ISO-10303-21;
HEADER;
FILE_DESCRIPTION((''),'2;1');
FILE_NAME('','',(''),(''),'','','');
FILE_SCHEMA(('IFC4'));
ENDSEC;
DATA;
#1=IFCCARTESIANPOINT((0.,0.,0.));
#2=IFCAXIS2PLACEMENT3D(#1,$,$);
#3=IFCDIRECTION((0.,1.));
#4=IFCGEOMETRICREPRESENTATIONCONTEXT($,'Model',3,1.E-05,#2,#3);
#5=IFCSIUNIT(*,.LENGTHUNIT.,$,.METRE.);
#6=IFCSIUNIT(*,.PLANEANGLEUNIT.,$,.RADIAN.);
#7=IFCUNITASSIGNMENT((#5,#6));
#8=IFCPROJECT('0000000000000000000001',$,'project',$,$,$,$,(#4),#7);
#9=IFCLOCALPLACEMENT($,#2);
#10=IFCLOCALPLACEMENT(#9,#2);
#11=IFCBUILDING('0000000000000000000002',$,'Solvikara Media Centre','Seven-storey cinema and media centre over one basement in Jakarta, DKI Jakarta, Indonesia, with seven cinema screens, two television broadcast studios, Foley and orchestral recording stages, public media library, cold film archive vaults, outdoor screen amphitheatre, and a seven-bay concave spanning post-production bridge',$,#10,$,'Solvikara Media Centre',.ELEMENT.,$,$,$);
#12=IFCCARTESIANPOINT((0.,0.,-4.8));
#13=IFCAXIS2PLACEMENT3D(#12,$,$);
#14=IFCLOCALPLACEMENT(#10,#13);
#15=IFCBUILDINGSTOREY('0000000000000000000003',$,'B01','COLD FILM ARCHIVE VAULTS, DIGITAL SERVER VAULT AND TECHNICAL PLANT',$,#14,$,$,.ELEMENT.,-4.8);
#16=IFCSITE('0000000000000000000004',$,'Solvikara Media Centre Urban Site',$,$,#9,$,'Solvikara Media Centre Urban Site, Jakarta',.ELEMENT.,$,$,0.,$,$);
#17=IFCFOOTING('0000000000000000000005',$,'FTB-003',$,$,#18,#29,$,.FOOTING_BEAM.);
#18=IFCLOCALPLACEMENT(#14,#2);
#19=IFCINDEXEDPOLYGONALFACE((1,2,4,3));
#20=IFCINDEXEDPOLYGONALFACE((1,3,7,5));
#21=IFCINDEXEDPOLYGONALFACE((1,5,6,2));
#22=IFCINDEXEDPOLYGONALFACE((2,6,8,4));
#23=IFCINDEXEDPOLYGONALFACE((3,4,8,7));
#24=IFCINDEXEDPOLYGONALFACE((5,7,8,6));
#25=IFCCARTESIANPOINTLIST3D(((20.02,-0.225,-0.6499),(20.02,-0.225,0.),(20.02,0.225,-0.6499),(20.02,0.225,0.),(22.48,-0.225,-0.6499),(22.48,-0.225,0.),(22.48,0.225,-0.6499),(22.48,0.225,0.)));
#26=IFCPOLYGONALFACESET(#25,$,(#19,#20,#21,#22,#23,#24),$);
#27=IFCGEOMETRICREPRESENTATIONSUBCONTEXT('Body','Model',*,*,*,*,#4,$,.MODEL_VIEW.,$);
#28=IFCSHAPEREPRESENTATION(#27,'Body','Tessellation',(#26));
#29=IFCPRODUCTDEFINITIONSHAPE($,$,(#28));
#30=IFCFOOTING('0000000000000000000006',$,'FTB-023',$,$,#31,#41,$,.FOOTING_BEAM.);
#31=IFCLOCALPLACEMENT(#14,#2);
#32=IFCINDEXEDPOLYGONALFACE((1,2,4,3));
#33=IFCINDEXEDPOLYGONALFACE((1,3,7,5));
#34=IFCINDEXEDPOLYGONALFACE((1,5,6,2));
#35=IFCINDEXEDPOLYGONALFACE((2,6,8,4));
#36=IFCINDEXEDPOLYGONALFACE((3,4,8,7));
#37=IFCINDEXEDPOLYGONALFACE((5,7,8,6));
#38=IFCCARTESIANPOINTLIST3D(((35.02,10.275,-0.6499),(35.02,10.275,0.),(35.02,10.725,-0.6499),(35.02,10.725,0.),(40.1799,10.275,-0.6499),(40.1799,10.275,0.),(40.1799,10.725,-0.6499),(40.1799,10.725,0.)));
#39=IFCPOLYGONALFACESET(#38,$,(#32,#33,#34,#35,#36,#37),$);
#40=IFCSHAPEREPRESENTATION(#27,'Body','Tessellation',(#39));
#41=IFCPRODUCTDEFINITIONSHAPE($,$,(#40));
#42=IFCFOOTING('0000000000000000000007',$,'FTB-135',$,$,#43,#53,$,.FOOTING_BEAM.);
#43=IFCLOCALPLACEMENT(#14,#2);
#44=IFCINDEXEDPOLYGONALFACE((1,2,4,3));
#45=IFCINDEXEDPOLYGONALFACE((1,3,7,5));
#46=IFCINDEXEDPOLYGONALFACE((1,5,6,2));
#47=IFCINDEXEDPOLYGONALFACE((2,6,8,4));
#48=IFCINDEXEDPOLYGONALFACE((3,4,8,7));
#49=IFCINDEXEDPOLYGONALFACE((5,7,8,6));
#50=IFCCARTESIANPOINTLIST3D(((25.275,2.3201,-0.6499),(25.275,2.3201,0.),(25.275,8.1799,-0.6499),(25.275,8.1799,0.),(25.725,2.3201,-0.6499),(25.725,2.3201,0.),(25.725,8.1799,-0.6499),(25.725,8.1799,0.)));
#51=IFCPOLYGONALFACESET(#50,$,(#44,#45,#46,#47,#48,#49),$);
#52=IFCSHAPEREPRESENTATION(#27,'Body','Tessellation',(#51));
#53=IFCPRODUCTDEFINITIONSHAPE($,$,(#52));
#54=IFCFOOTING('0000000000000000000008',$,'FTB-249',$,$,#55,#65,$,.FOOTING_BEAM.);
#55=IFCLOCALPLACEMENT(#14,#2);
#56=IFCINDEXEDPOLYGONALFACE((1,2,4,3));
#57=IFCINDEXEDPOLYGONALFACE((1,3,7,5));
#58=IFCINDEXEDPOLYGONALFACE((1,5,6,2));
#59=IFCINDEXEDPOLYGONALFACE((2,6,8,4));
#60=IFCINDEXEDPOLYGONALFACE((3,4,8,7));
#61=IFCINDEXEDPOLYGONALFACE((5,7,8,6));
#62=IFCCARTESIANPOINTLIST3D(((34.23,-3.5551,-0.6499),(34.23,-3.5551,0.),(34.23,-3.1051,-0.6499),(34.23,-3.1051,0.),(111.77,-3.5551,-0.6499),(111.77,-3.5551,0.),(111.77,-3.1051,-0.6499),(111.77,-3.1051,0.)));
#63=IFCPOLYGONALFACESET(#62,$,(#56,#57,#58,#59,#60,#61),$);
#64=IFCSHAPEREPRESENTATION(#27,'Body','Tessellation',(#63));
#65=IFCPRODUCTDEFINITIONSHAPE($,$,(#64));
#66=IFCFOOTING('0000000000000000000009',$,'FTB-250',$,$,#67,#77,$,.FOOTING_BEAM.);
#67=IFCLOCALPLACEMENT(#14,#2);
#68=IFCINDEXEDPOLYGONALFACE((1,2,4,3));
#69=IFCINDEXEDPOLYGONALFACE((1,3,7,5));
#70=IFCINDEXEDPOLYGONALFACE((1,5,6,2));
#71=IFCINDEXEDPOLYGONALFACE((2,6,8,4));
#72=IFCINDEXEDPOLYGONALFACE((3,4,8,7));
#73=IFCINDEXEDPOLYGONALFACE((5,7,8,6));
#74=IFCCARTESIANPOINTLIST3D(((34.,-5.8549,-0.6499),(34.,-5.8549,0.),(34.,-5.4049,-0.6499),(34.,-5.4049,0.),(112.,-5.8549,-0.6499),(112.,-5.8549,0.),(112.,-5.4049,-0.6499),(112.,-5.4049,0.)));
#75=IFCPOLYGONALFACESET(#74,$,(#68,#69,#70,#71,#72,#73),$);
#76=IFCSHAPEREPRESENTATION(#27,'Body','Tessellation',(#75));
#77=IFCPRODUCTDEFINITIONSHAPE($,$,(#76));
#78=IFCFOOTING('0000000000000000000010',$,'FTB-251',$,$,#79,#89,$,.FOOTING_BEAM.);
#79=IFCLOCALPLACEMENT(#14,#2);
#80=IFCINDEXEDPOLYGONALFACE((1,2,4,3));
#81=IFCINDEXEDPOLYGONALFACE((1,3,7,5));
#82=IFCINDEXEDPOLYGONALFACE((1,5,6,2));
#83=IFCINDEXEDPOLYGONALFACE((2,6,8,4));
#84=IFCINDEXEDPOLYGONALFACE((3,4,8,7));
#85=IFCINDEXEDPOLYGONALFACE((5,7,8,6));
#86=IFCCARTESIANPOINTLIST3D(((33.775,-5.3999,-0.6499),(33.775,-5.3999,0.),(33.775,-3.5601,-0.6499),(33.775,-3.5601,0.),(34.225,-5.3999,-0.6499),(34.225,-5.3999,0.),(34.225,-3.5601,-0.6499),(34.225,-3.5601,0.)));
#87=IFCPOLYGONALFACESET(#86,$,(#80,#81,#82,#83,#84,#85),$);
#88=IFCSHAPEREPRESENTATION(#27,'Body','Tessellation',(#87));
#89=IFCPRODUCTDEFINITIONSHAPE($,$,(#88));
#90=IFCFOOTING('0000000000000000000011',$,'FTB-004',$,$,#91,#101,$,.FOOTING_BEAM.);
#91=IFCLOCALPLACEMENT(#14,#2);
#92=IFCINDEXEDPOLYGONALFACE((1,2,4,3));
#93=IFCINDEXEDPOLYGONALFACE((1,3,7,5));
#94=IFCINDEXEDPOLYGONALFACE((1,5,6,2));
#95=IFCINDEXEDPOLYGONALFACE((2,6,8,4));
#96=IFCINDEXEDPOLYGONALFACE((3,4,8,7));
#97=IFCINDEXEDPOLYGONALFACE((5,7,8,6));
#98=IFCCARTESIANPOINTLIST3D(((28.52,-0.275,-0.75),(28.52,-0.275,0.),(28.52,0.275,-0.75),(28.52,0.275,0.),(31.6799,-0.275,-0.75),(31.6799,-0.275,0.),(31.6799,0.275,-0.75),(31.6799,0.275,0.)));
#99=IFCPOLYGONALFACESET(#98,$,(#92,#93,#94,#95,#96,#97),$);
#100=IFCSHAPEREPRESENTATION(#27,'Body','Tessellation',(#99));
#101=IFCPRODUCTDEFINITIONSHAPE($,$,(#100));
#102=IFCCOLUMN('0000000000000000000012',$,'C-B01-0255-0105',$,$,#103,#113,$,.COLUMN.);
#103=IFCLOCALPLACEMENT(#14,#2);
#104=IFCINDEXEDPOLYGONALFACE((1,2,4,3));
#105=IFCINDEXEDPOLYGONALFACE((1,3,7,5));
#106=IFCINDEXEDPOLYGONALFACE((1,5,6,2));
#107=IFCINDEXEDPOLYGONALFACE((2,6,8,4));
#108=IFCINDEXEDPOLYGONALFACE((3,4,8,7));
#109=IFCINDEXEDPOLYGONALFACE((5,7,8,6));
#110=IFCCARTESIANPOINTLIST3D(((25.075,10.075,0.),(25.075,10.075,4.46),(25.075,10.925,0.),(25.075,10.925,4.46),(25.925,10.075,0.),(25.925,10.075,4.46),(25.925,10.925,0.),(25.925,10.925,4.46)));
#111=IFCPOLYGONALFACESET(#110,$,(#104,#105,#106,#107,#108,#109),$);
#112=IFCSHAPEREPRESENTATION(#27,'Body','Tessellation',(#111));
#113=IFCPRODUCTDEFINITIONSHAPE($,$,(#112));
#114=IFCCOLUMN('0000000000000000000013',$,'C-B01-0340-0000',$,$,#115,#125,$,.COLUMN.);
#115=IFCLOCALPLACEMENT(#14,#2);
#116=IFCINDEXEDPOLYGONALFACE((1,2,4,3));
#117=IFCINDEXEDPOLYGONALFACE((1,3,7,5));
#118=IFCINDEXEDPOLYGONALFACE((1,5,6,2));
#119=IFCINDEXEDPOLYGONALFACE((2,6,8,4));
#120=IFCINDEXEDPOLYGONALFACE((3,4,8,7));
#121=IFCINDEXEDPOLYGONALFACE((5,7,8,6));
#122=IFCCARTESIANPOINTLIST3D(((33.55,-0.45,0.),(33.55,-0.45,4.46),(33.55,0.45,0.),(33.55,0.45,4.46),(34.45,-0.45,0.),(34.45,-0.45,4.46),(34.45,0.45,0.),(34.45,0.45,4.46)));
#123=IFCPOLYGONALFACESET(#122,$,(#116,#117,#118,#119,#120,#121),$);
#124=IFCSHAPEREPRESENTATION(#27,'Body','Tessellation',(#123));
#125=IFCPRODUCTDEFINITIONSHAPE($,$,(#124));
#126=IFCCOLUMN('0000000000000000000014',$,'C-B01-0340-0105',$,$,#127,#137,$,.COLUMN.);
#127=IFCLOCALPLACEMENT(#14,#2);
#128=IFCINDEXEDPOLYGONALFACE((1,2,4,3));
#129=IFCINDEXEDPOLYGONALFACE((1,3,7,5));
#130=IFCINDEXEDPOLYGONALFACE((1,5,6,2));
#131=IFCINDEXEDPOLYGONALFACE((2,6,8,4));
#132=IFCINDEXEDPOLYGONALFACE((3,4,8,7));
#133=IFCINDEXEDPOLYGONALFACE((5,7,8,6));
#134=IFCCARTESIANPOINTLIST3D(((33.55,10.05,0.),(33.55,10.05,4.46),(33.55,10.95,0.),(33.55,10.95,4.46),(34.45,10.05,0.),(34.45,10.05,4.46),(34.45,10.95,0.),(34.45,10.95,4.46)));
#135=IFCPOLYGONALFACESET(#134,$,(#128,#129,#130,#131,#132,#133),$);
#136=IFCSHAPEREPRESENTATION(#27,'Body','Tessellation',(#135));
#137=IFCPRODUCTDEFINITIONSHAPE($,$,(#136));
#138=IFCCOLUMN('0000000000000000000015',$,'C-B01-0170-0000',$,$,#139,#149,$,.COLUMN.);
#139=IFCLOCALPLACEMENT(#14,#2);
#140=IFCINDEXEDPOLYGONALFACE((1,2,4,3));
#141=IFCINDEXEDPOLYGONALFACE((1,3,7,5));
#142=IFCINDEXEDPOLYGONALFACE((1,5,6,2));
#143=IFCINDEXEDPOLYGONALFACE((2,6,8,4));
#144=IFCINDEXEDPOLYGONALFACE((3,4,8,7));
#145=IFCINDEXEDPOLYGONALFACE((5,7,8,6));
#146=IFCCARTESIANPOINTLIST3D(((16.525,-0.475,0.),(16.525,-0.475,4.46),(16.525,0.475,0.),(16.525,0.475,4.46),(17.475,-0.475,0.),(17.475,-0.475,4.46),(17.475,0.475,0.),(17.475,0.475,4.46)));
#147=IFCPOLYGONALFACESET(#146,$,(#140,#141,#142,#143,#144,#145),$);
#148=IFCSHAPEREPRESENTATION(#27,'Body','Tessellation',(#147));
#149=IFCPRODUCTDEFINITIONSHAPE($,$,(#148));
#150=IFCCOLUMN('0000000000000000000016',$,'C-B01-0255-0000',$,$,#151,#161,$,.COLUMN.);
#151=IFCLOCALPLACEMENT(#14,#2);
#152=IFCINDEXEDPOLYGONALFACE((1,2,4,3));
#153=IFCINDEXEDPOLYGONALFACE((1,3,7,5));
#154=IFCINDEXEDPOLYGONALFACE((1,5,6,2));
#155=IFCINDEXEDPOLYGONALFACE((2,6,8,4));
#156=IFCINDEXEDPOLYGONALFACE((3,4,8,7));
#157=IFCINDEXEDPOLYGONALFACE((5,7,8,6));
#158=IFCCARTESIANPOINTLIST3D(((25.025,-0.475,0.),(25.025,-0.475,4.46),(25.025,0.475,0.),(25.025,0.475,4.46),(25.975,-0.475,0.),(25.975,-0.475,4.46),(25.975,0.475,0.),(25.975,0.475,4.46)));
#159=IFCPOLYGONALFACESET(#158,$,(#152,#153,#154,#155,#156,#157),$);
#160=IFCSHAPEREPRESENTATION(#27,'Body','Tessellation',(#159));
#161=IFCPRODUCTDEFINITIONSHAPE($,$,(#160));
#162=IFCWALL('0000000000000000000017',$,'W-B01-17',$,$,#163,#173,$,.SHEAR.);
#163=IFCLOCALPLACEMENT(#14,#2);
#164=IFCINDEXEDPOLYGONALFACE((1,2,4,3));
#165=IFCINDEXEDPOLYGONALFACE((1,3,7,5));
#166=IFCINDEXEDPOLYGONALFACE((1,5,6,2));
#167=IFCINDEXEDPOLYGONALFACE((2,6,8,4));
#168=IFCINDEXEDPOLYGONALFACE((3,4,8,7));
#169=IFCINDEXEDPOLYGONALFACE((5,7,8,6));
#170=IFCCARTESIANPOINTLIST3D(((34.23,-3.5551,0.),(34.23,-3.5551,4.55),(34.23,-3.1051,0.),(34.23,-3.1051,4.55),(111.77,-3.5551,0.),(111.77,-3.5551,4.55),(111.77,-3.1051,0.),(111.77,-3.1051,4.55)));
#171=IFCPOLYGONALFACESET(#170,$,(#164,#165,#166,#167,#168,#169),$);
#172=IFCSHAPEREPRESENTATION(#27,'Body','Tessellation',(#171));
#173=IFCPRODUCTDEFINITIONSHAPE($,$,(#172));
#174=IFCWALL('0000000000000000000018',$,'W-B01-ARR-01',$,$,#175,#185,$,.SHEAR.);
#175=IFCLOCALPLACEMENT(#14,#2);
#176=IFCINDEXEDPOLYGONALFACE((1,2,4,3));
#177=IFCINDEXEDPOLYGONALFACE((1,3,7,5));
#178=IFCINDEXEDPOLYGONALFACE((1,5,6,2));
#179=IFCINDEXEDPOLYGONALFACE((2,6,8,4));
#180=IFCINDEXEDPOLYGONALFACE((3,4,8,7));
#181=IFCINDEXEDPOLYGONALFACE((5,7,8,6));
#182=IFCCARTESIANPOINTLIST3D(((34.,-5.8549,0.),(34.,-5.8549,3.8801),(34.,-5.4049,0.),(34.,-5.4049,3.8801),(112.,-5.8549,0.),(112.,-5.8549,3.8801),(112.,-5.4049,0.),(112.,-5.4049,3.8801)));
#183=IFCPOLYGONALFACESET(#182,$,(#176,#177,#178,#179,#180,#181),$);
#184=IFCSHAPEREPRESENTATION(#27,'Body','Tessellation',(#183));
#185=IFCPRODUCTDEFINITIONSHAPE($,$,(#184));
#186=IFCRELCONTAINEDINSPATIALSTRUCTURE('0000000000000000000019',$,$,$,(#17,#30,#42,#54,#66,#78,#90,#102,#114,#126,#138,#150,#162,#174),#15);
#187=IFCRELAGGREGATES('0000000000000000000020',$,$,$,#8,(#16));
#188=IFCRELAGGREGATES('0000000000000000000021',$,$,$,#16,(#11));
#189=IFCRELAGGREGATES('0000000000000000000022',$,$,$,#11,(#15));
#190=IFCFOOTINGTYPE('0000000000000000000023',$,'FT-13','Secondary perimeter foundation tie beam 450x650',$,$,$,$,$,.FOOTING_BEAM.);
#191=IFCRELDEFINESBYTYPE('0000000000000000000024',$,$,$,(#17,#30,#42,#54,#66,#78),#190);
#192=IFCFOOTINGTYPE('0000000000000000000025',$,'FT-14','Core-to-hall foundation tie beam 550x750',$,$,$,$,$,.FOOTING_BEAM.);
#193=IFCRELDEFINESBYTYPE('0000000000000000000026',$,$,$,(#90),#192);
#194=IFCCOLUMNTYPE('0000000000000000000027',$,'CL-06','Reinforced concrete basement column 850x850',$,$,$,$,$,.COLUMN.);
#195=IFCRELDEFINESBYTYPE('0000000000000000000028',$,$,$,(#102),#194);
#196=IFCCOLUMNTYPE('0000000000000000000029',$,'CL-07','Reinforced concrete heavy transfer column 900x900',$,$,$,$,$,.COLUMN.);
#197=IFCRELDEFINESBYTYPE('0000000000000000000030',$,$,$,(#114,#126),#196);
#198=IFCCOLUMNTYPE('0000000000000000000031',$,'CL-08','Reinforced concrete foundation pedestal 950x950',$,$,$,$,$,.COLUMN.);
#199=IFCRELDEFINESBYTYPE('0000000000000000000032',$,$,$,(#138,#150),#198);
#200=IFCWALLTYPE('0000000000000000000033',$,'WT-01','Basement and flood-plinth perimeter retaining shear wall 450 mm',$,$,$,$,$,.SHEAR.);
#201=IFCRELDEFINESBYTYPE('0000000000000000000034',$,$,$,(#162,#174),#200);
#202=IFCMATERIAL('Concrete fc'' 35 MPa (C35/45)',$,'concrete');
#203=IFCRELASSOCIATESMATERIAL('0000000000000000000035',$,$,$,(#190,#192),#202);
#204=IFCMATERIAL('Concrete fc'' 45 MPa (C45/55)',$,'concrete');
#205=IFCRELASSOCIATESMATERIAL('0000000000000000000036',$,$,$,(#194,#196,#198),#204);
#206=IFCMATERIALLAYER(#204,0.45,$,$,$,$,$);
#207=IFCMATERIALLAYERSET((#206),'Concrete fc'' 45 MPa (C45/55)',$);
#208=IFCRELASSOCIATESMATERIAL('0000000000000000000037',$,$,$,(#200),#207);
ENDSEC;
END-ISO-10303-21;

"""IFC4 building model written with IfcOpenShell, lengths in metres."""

from ifc_helpers import new_model, si_unit, direction, frame, frame_2d, origin, origin_2d, place, context, subcontext, project, spatial, rectangle, extrude, material, layer, layer_set, material_profile, profile_set, type_object, element, save


model = new_model("IFC4")

# Units and contexts
model_context = context("Model", 3, precision=1e-05, world=origin(), true_north=direction((0.0, 1.0)))
body_context = subcontext(model_context, "Body", "Model", "MODEL_VIEW")
ifc_project = project(units=[si_unit("LENGTHUNIT", "METRE"), si_unit("PLANEANGLEUNIT", "RADIAN")], contexts=[model_context])

# Site, building, storey
site_placement = place(None, origin())
site = spatial("IfcSite", under=ifc_project, at=site_placement, Name="Solvikara Media Centre Urban Site", LongName="Solvikara Media Centre Urban Site, Jakarta", CompositionType="ELEMENT", RefElevation=0.0)
building_placement = place(site_placement, origin())
building = spatial("IfcBuilding", under=site, at=building_placement, Name="Solvikara Media Centre", Description="Seven-storey cinema and media centre over one basement in Jakarta, DKI Jakarta, Indonesia, with seven cinema screens, two television broadcast studios, Foley and orchestral recording stages, public media library, cold film archive vaults, outdoor screen amphitheatre, and a seven-bay concave spanning post-production bridge", LongName="Solvikara Media Centre", CompositionType="ELEMENT")
storey_placement = place(building_placement, frame((0.0, 0.0, -4.8)))
storey = spatial("IfcBuildingStorey", under=building, at=storey_placement, Name="B01", Description="COLD FILM ARCHIVE VAULTS, DIGITAL SERVER VAULT AND TECHNICAL PLANT", CompositionType="ELEMENT", Elevation=-4.8)

# Shared definitions
ifc_material_1 = material(Name="Concrete fc' 35 MPa (C35/45)", Category="concrete")

# Footings
ifc_material_profile_1 = material_profile(ifc_material_1, rectangle(XDim=0.45, YDim=0.6499, at=origin_2d()), Name="RC 450x650")
ifc_profile_set_1 = profile_set([ifc_material_profile_1], Name="Concrete fc' 35 MPa (C35/45)")
footing_type_1 = type_object("IfcFootingType", Name="FT-13", Description="Secondary perimeter foundation tie beam 450x650", PredefinedType="FOOTING_BEAM", material=ifc_profile_set_1)
footing_1_placement = place(storey_placement, frame((20.02, 0.0, -0.325), z_axis=(1.0, 0.0, 0.0), x_axis=(0.0, 1.0, 0.0)))
element("IfcFooting", 1, at=footing_1_placement, inside=storey, type_object=footing_type_1, Name="FTB-003", PredefinedType="FOOTING_BEAM", context=body_context, shape_type="SweptSolid", body=[
    extrude(rectangle(XDim=0.45, YDim=0.6499, at=origin_2d()), origin(), (0.0, 0.0, 1.0), 2.46),
])
footing_2_placement = place(storey_placement, frame((35.02, 10.5, -0.325), z_axis=(1.0, 0.0, 0.0), x_axis=(0.0, 1.0, 0.0)))
element("IfcFooting", 2, at=footing_2_placement, inside=storey, type_object=footing_type_1, Name="FTB-023", PredefinedType="FOOTING_BEAM", context=body_context, shape_type="SweptSolid", body=[
    extrude(rectangle(XDim=0.45, YDim=0.6499, at=origin_2d()), origin(), (0.0, 0.0, 1.0), 5.1599),
])
footing_3_placement = place(storey_placement, frame((25.5, 2.3201, -0.325), z_axis=(0.0, 1.0, 0.0), x_axis=(-1.0, 0.0, 0.0)))
element("IfcFooting", 3, at=footing_3_placement, inside=storey, type_object=footing_type_1, Name="FTB-135", PredefinedType="FOOTING_BEAM", context=body_context, shape_type="SweptSolid", body=[
    extrude(rectangle(XDim=0.45, YDim=0.6499, at=origin_2d()), origin(), (0.0, 0.0, 1.0), 5.8599),
])
footing_4_placement = place(storey_placement, frame((34.23, -3.3301, -0.325), z_axis=(1.0, 0.0, 0.0), x_axis=(0.0, 1.0, 0.0)))
element("IfcFooting", 4, at=footing_4_placement, inside=storey, type_object=footing_type_1, Name="FTB-249", PredefinedType="FOOTING_BEAM", context=body_context, shape_type="SweptSolid", body=[
    extrude(rectangle(XDim=0.45, YDim=0.6499, at=origin_2d()), origin(), (0.0, 0.0, 1.0), 77.54),
])
footing_5_placement = place(storey_placement, frame((34.0, -5.6299, -0.325), z_axis=(1.0, 0.0, 0.0), x_axis=(0.0, 1.0, 0.0)))
element("IfcFooting", 5, at=footing_5_placement, inside=storey, type_object=footing_type_1, Name="FTB-250", PredefinedType="FOOTING_BEAM", context=body_context, shape_type="SweptSolid", body=[
    extrude(rectangle(XDim=0.45, YDim=0.6499, at=origin_2d()), origin(), (0.0, 0.0, 1.0), 78.0),
])
footing_6_placement = place(storey_placement, frame((34.0, -5.3999, -0.325), z_axis=(0.0, 1.0, 0.0), x_axis=(-1.0, 0.0, 0.0)))
element("IfcFooting", 6, at=footing_6_placement, inside=storey, type_object=footing_type_1, Name="FTB-251", PredefinedType="FOOTING_BEAM", context=body_context, shape_type="SweptSolid", body=[
    extrude(rectangle(XDim=0.45, YDim=0.6499, at=origin_2d()), origin(), (0.0, 0.0, 1.0), 1.8398),
])
ifc_material_profile_2 = material_profile(ifc_material_1, rectangle(XDim=0.55, YDim=0.75, at=origin_2d()), Name="RC 550x750")
ifc_profile_set_2 = profile_set([ifc_material_profile_2], Name="Concrete fc' 35 MPa (C35/45)")
footing_type_2 = type_object("IfcFootingType", Name="FT-14", Description="Core-to-hall foundation tie beam 550x750", PredefinedType="FOOTING_BEAM", material=ifc_profile_set_2)
footing_7_placement = place(storey_placement, frame((28.52, 0.0, -0.375), z_axis=(1.0, 0.0, 0.0), x_axis=(0.0, 1.0, 0.0)))
element("IfcFooting", 7, at=footing_7_placement, inside=storey, type_object=footing_type_2, Name="FTB-004", PredefinedType="FOOTING_BEAM", context=body_context, shape_type="SweptSolid", body=[
    extrude(rectangle(XDim=0.55, YDim=0.75, at=origin_2d()), origin(), (0.0, 0.0, 1.0), 3.1599),
])

# Columns
ifc_material_2 = material(Name="Concrete fc' 45 MPa (C45/55)", Category="concrete")
ifc_material_profile_3 = material_profile(ifc_material_2, rectangle(XDim=0.8501, YDim=0.8501, at=origin_2d()), Name="RC 850x850")
ifc_profile_set_3 = profile_set([ifc_material_profile_3], Name="Concrete fc' 45 MPa (C45/55)")
column_type_1 = type_object("IfcColumnType", Name="CL-06", Description="Reinforced concrete basement column 850x850", PredefinedType="COLUMN", material=ifc_profile_set_3)
column_placement = place(storey_placement, frame((25.5, 10.5, 0.0), z_axis=(0.0, 0.0, 1.0), x_axis=(1.0, 0.0, 0.0)))
element("IfcColumn", 8, at=column_placement, inside=storey, type_object=column_type_1, Name="C-B01-0255-0105", PredefinedType="COLUMN", context=body_context, shape_type="SweptSolid", body=[
    extrude(rectangle(XDim=0.8501, YDim=0.8501, at=origin_2d()), origin(), (0.0, 0.0, 1.0), 4.46),
])
ifc_material_profile_4 = material_profile(ifc_material_2, rectangle(XDim=0.8999, YDim=0.8999, at=origin_2d()), Name="RC 900x900")
ifc_profile_set_4 = profile_set([ifc_material_profile_4], Name="Concrete fc' 45 MPa (C45/55)")
column_type_2 = type_object("IfcColumnType", Name="CL-07", Description="Reinforced concrete heavy transfer column 900x900", PredefinedType="COLUMN", material=ifc_profile_set_4)
for number, where, z_axis, x_axis, name in (
    (9, (34.0, 0.0, 0.0), (0.0, 0.0, 1.0), (1.0, 0.0, 0.0), "C-B01-0340-0000"),
    (10, (34.0, 10.5, 0.0), (0.0, 0.0, 1.0), (1.0, 0.0, 0.0), "C-B01-0340-0105"),
):
    element("IfcColumn", number, at=place(storey_placement, frame(where, z_axis=z_axis, x_axis=x_axis)), inside=storey, type_object=column_type_2, Name=name, PredefinedType="COLUMN", context=body_context, shape_type="SweptSolid", body=[
        extrude(rectangle(XDim=0.8999, YDim=0.8999, at=origin_2d()), origin(), (0.0, 0.0, 1.0), 4.46),
    ])
ifc_material_profile_5 = material_profile(ifc_material_2, rectangle(XDim=0.95, YDim=0.95, at=origin_2d()), Name="RC 950x950")
ifc_profile_set_5 = profile_set([ifc_material_profile_5], Name="Concrete fc' 45 MPa (C45/55)")
column_type_3 = type_object("IfcColumnType", Name="CL-08", Description="Reinforced concrete foundation pedestal 950x950", PredefinedType="COLUMN", material=ifc_profile_set_5)
for number, where, z_axis, x_axis, name in (
    (11, (17.0, 0.0, 0.0), (0.0, 0.0, 1.0), (1.0, 0.0, 0.0), "C-B01-0170-0000"),
    (12, (25.5, 0.0, 0.0), (0.0, 0.0, 1.0), (1.0, 0.0, 0.0), "C-B01-0255-0000"),
):
    element("IfcColumn", number, at=place(storey_placement, frame(where, z_axis=z_axis, x_axis=x_axis)), inside=storey, type_object=column_type_3, Name=name, PredefinedType="COLUMN", context=body_context, shape_type="SweptSolid", body=[
        extrude(rectangle(XDim=0.95, YDim=0.95, at=origin_2d()), origin(), (0.0, 0.0, 1.0), 4.46),
    ])

# Walls
ifc_layer_1 = layer(ifc_material_2, 0.45)
ifc_layer_set_1 = layer_set([ifc_layer_1], Name="Concrete fc' 45 MPa (C45/55)")
wall_type = type_object("IfcWallType", Name="WT-01", Description="Basement and flood-plinth perimeter retaining shear wall 450 mm", PredefinedType="SHEAR", material=ifc_layer_set_1)
wall_1_placement = place(storey_placement, frame((34.23, -3.3301, 0.0), z_axis=(0.0, 0.0, 1.0), x_axis=(1.0, 0.0, 0.0)))
element("IfcWall", 13, at=wall_1_placement, inside=storey, type_object=wall_type, Name="W-B01-17", PredefinedType="SHEAR", context=body_context, shape_type="SweptSolid", body=[
    extrude(rectangle(XDim=77.54, YDim=0.45, at=frame_2d((38.77, 0.0))), origin(), (0.0, 0.0, 1.0), 4.55),
])
wall_2_placement = place(storey_placement, frame((34.0, -5.6299, 0.0), z_axis=(0.0, 0.0, 1.0), x_axis=(1.0, 0.0, 0.0)))
element("IfcWall", 14, at=wall_2_placement, inside=storey, type_object=wall_type, Name="W-B01-ARR-01", PredefinedType="SHEAR", context=body_context, shape_type="SweptSolid", body=[
    extrude(rectangle(XDim=78.0, YDim=0.45, at=frame_2d((39.0, 0.0))), origin(), (0.0, 0.0, 1.0), 3.8801),
])

save(model, "model.ifc")
